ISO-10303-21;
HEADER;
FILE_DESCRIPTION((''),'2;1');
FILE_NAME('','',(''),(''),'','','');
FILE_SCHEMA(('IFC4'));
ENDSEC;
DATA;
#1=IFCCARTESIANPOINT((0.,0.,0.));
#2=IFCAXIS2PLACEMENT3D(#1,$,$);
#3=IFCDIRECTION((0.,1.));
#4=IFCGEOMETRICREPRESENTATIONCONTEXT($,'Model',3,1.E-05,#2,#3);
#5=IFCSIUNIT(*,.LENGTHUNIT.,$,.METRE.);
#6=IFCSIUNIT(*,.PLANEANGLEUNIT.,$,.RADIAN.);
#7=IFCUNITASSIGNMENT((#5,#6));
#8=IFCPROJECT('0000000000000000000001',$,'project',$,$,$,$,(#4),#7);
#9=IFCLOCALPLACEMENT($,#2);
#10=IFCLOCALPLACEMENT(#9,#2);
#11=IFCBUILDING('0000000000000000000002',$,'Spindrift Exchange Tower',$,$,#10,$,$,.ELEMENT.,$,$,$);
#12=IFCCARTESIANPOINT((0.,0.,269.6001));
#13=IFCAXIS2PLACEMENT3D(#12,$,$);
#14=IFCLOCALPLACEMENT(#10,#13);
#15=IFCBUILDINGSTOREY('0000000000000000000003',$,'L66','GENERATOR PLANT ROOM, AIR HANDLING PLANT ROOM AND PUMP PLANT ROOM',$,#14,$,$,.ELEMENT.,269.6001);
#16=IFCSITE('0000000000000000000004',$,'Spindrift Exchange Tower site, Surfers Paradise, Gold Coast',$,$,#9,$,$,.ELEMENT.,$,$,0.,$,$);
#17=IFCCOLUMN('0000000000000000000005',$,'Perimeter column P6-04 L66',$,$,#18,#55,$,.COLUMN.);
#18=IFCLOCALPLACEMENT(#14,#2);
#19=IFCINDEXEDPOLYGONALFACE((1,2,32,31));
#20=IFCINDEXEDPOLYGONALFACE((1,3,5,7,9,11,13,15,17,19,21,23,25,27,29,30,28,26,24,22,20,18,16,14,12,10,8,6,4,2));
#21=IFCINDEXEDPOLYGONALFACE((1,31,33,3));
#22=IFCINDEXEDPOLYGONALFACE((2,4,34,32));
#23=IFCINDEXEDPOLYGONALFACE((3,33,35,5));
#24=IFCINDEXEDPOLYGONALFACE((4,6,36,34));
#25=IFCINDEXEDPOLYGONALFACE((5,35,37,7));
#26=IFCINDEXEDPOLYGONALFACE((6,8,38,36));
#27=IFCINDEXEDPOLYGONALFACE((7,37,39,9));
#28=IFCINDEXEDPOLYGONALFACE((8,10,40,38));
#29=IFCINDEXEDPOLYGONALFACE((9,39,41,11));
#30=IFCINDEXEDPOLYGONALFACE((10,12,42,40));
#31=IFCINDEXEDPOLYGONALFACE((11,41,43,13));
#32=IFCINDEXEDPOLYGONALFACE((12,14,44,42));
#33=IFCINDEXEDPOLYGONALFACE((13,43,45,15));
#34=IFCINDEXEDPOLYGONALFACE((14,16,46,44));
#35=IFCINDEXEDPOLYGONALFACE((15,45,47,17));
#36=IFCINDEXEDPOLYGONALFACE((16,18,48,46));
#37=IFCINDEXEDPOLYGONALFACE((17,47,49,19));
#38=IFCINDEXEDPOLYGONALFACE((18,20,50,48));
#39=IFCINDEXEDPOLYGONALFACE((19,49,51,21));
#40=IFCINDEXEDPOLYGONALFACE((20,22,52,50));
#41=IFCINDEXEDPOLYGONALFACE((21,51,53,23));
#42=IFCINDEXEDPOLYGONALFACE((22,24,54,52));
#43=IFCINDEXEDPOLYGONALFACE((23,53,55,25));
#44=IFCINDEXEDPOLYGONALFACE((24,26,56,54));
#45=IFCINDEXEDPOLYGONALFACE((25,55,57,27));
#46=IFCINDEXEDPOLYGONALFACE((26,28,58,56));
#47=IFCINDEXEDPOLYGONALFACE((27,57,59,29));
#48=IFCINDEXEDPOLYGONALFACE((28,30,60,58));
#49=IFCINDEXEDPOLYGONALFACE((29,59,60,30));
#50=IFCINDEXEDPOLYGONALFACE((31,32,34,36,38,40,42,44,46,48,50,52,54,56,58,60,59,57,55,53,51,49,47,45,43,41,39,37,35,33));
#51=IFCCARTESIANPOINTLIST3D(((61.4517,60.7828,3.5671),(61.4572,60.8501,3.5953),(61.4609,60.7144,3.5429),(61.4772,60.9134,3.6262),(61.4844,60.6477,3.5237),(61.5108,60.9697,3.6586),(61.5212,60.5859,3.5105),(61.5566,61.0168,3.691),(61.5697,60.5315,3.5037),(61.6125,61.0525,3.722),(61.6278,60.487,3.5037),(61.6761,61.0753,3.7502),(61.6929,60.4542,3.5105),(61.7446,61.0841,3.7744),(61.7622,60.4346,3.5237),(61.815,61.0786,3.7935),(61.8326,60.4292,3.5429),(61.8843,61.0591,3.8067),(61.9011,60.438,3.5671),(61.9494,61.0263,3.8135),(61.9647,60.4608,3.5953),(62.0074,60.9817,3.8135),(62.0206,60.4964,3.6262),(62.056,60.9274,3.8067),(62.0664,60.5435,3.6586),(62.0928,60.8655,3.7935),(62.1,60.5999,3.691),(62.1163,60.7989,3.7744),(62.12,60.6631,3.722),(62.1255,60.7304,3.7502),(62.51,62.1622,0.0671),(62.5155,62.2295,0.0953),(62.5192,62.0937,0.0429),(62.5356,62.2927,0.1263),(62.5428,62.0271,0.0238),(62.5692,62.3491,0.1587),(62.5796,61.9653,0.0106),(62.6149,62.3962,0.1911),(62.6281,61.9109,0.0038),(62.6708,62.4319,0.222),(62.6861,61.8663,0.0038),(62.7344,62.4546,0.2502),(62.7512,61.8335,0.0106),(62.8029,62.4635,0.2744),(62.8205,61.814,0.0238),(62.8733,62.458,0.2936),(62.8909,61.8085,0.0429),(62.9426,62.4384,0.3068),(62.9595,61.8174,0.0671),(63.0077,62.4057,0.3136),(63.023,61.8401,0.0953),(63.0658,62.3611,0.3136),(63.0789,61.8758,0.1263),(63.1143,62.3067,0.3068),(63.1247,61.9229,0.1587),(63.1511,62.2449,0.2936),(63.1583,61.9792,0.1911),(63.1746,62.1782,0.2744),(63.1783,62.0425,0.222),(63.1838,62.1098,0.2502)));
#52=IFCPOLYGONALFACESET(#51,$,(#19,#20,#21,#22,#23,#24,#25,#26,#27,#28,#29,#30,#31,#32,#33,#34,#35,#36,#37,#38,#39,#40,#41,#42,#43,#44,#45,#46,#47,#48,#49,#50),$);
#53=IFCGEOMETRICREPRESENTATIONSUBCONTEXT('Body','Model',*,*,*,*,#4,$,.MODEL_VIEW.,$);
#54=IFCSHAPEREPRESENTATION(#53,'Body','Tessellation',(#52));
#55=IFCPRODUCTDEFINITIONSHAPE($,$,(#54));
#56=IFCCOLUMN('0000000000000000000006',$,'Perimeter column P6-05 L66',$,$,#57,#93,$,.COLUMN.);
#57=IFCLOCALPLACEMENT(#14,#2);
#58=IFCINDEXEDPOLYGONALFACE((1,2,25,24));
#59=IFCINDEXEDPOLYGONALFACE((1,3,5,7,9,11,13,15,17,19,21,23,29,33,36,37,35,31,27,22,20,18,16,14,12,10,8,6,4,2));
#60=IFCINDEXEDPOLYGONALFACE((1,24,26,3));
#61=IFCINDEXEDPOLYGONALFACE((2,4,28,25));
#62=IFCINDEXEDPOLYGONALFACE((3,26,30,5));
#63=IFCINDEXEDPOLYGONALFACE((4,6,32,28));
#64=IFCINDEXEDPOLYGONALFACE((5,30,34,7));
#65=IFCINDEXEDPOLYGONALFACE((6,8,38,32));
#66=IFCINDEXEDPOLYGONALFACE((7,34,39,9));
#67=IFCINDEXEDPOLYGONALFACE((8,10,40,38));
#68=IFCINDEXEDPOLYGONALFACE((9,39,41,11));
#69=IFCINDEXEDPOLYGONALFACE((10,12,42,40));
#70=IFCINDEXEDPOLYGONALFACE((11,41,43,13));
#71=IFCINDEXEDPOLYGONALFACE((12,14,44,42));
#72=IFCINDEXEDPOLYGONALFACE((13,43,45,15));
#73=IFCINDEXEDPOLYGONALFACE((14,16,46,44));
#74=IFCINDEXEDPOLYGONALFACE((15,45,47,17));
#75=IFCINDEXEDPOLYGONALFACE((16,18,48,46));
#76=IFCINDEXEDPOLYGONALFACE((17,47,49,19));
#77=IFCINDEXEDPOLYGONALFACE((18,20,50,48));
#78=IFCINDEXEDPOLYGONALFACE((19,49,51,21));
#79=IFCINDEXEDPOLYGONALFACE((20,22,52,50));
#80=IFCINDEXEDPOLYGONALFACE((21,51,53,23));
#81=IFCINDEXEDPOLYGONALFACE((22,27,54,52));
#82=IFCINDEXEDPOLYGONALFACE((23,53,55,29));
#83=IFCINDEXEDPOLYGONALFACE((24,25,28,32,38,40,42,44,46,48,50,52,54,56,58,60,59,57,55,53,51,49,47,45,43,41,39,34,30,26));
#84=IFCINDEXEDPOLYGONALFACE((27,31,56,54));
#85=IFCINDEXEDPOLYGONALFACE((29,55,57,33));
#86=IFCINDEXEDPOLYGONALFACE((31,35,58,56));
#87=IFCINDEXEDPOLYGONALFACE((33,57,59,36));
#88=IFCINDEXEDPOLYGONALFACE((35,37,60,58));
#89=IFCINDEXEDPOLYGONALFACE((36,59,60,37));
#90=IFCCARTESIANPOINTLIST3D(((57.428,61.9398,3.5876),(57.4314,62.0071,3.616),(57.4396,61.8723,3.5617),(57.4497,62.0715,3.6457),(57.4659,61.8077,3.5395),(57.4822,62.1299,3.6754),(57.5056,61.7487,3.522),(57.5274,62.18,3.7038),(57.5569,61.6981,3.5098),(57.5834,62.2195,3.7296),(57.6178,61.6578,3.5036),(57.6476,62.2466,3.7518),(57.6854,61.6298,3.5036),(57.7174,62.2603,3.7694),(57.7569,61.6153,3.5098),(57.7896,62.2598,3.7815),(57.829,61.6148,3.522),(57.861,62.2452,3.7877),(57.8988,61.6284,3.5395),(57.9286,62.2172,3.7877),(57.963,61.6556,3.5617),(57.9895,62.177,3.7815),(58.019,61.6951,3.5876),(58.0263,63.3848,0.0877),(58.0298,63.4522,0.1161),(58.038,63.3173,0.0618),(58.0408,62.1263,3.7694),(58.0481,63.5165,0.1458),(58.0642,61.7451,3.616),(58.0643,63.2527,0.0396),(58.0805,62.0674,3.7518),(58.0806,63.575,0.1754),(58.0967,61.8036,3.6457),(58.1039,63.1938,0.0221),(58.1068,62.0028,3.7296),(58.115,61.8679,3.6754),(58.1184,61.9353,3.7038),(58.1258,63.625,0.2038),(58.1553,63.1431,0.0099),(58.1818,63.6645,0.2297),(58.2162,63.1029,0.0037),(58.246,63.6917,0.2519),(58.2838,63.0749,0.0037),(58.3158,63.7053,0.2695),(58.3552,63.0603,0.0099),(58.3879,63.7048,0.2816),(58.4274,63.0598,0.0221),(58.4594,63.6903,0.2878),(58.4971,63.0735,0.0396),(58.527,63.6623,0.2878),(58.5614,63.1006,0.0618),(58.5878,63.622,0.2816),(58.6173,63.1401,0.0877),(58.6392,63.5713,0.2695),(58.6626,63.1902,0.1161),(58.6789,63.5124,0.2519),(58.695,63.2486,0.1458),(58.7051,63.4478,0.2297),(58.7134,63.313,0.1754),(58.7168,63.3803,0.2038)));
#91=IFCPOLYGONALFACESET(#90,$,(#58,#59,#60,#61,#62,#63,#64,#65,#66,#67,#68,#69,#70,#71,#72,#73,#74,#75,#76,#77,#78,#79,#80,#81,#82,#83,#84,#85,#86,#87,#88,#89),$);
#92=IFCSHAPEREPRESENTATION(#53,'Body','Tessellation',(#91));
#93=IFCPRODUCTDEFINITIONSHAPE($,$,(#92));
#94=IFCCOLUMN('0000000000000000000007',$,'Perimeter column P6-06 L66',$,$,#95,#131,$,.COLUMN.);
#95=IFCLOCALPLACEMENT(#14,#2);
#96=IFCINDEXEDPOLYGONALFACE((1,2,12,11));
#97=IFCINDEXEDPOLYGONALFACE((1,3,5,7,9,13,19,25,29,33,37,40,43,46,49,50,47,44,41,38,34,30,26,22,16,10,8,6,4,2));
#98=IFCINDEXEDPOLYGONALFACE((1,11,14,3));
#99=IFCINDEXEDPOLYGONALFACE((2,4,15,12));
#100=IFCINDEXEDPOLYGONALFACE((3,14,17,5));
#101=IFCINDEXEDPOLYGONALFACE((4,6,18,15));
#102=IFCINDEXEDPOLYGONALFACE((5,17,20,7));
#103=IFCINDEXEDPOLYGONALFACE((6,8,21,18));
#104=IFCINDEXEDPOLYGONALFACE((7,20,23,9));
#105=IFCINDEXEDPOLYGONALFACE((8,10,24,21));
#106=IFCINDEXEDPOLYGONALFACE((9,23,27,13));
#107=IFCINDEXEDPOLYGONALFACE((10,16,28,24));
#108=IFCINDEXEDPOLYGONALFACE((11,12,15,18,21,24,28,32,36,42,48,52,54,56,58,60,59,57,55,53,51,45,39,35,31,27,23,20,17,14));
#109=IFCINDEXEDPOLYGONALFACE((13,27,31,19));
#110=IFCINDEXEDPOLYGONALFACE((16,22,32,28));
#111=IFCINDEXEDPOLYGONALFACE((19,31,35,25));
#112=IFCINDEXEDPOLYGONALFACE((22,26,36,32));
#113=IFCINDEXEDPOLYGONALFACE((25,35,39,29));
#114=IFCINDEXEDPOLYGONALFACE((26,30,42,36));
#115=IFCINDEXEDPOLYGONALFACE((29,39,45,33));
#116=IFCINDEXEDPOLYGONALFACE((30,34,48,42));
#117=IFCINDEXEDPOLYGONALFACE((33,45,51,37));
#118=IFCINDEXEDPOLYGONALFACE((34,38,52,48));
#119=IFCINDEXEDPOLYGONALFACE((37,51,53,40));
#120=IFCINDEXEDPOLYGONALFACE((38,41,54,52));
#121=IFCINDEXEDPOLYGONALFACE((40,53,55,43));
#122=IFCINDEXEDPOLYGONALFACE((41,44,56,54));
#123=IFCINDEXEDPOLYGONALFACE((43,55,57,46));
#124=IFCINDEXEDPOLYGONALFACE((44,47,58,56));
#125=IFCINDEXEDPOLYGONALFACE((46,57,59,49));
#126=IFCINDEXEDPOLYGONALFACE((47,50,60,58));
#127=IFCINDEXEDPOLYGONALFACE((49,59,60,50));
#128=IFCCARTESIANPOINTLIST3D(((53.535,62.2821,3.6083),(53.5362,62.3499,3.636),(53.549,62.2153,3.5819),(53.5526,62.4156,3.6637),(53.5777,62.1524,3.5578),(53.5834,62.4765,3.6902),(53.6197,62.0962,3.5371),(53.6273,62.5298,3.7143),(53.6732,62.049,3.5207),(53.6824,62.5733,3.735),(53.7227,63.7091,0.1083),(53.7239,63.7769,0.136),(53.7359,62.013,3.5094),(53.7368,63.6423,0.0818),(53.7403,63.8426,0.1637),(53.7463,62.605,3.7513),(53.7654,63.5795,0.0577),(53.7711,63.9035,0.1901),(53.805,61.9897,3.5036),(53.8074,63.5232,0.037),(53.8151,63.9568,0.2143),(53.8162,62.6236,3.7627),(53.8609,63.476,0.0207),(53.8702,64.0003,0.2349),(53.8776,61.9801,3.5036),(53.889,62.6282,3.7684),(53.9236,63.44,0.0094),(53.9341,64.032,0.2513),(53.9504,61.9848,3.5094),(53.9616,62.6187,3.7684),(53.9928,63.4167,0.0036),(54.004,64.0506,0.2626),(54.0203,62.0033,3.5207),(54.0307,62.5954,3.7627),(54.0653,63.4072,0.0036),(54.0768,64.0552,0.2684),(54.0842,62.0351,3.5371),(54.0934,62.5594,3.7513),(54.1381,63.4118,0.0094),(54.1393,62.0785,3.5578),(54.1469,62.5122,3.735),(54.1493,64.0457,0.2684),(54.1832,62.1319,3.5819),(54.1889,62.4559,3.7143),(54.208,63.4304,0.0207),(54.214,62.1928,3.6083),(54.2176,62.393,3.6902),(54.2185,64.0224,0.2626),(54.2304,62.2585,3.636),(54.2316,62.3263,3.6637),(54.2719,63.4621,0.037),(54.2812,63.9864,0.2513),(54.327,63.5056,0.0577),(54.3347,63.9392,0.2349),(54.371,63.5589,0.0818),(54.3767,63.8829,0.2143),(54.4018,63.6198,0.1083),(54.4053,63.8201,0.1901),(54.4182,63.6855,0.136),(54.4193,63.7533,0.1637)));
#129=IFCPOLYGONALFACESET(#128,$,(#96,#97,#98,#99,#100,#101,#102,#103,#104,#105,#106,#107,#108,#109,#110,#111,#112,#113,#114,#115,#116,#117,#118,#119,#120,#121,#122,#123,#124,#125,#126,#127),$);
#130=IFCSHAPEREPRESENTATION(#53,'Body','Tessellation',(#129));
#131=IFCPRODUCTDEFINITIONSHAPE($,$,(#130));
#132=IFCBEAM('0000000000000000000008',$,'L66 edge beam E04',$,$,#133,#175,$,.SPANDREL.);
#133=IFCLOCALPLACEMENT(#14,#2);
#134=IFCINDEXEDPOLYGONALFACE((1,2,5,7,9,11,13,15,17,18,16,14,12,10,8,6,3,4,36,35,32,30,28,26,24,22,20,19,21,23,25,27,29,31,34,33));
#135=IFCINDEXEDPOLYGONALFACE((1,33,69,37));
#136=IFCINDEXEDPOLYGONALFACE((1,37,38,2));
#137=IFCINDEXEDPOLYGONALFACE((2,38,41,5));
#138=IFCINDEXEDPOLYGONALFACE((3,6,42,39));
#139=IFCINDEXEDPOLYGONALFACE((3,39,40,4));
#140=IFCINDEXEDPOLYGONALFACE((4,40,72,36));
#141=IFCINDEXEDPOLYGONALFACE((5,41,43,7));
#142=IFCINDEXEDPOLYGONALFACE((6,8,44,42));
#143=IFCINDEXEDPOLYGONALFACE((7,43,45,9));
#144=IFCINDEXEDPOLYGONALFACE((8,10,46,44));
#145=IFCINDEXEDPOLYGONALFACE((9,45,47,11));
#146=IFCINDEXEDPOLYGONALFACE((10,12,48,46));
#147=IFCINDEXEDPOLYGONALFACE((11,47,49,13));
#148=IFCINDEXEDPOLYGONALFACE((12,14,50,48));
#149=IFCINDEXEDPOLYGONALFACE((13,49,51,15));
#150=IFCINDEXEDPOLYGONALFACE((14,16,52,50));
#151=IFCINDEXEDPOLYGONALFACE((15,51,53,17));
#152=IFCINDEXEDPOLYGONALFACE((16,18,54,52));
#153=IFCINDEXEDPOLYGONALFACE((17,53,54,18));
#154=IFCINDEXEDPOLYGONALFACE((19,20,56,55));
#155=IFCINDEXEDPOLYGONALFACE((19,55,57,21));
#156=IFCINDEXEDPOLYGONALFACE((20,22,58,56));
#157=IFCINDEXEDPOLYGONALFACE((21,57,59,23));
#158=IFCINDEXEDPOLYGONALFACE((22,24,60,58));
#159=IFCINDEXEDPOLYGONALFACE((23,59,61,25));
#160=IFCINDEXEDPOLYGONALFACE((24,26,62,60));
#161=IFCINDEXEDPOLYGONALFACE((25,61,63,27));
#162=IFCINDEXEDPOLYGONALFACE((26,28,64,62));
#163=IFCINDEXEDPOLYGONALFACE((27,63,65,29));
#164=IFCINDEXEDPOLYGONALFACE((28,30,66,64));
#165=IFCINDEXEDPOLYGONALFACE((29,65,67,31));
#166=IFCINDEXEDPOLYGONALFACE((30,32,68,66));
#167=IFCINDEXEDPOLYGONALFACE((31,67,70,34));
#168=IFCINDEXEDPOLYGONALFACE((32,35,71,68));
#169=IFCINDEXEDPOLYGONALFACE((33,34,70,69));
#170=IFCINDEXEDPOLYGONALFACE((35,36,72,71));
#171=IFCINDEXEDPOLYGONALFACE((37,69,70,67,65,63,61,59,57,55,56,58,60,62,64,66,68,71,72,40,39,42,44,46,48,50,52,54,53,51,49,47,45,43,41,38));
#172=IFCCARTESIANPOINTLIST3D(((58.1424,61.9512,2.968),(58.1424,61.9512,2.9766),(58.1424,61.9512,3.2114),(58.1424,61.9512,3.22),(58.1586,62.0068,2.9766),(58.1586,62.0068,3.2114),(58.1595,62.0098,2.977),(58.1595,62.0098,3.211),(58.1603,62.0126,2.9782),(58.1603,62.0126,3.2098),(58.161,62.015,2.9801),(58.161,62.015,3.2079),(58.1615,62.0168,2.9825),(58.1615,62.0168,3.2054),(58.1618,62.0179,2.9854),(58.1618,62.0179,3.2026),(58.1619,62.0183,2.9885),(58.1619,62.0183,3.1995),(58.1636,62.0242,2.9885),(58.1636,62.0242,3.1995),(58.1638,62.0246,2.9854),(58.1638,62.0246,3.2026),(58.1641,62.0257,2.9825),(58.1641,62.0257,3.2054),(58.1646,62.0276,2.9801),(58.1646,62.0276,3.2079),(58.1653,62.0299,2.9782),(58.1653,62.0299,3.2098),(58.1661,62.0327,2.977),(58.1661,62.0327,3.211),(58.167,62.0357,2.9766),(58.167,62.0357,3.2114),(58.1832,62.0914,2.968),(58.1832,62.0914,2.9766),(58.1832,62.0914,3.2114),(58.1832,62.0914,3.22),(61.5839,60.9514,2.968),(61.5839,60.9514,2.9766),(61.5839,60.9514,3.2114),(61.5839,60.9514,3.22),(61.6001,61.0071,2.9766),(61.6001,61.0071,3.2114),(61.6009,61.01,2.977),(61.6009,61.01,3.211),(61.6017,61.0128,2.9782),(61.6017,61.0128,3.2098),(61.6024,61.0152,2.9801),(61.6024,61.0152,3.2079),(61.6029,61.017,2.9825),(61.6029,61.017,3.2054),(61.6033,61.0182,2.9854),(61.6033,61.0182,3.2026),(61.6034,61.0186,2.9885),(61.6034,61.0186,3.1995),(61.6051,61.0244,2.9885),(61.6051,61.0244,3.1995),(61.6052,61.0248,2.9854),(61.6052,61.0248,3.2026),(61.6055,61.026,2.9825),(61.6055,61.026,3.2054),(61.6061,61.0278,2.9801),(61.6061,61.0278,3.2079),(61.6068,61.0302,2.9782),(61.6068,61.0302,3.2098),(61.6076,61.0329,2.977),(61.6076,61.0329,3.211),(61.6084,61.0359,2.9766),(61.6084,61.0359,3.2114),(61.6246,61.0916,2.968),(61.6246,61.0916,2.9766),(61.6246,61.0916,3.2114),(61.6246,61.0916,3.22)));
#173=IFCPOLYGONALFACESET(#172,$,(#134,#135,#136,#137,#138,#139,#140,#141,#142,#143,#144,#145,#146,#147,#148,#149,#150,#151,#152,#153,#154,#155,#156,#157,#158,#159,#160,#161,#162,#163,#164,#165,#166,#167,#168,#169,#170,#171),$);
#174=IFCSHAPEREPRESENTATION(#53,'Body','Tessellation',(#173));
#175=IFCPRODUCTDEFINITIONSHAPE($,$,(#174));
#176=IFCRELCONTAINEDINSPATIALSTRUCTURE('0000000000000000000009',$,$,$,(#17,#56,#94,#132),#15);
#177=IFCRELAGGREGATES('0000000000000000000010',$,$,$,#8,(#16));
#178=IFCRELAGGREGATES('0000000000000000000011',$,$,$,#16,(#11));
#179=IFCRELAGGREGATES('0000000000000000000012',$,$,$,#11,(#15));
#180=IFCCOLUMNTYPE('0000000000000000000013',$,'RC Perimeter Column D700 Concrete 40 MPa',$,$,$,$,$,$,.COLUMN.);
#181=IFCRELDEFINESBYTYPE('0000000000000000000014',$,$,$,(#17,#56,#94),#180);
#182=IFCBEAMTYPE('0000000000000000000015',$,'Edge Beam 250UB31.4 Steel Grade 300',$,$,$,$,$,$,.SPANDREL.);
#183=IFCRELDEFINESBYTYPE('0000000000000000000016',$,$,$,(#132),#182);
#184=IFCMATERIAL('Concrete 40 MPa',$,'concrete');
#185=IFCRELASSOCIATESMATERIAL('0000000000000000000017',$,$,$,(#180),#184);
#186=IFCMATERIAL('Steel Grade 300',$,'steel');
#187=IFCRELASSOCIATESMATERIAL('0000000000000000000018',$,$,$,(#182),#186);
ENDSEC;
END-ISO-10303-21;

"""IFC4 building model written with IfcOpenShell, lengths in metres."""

from ifc_helpers import new_model, si_unit, direction, frame, origin, origin_2d, place, context, subcontext, project, spatial, circle, i_section, extrude, source, transform, mapped, material, material_profile, profile_set, type_object, element, save


model = new_model("IFC4")

# Units and contexts
model_context = context("Model", 3, precision=1e-05, world=origin(), true_north=direction((0.0, 1.0)))
body_context = subcontext(model_context, "Body", "Model", "MODEL_VIEW")
ifc_project = project(units=[si_unit("LENGTHUNIT", "METRE"), si_unit("PLANEANGLEUNIT", "RADIAN")], contexts=[model_context])

# Site, building, storey
site_placement = place(None, origin())
site = spatial("IfcSite", under=ifc_project, at=site_placement, Name="Spindrift Exchange Tower site, Surfers Paradise, Gold Coast", CompositionType="ELEMENT", RefElevation=0.0)
building_placement = place(site_placement, origin())
building = spatial("IfcBuilding", under=site, at=building_placement, Name="Spindrift Exchange Tower", CompositionType="ELEMENT")
storey_placement = place(building_placement, frame((0.0, 0.0, 269.6001)))
storey = spatial("IfcBuildingStorey", under=building, at=storey_placement, Name="L66", Description="GENERATOR PLANT ROOM, AIR HANDLING PLANT ROOM AND PUMP PLANT ROOM", CompositionType="ELEMENT", Elevation=269.6001)

# Columns
ifc_material_1 = material(Name="Concrete 40 MPa", Category="concrete")
ifc_material_profile_1 = material_profile(ifc_material_1, circle(Radius=0.3501, at=origin_2d()), Name="RC D700")
ifc_profile_set_1 = profile_set([ifc_material_profile_1], Name="Concrete 40 MPa")
column_type = type_object("IfcColumnType", Name="RC Perimeter Column D700 Concrete 40 MPa", PredefinedType="COLUMN", material=ifc_profile_set_1)
shared_shape_1 = source(origin(), body_context, "Body", "SweptSolid", [
    extrude(circle(Radius=0.3501, at=origin_2d()), origin(), (0.0, 0.0, 1.0), 3.908),
])
column_1_placement = place(storey_placement, frame((62.8469, 62.136, 0.1587), z_axis=(-0.270813, -0.352963, 0.895588), x_axis=(0.79338, -0.608726, 0.0)))
element("IfcColumn", 1, at=column_1_placement, inside=storey, type_object=column_type, Name="Perimeter column P6-04 L66", PredefinedType="COLUMN", context=body_context, shape_type="MappedRepresentation", body=[
    mapped(shared_shape_1, transform((0.0, 0.0, 0.0), scale=1.0)),
])
shared_shape_2 = source(origin(), body_context, "Body", "SweptSolid", [
    extrude(circle(Radius=0.3501, at=origin_2d()), origin(), (0.0, 0.0, 1.0), 3.8335),
])
column_2_placement = place(storey_placement, frame((58.3716, 63.3826, 0.1458), z_axis=(-0.156092, -0.376951, 0.912986), x_axis=(0.92392, -0.382586, 0.0)))
element("IfcColumn", 2, at=column_2_placement, inside=storey, type_object=column_type, Name="Perimeter column P6-05 L66", PredefinedType="COLUMN", context=body_context, shape_type="MappedRepresentation", body=[
    mapped(shared_shape_2, transform((0.0, 0.0, 0.0), scale=1.0)),
])
shared_shape_3 = source(origin(), body_context, "Body", "SweptSolid", [
    extrude(circle(Radius=0.3501, at=origin_2d()), origin(), (0.0, 0.0, 1.0), 3.7844),
])
column_3_placement = place(storey_placement, frame((54.071, 63.7312, 0.136), z_axis=(-0.04961, -0.377076, 0.924853), x_axis=(0.991456, -0.130441, 0.0)))
element("IfcColumn", 3, at=column_3_placement, inside=storey, type_object=column_type, Name="Perimeter column P6-06 L66", PredefinedType="COLUMN", context=body_context, shape_type="MappedRepresentation", body=[
    mapped(shared_shape_3, transform((0.0, 0.0, 0.0), scale=1.0)),
])

# Beam
ifc_material_2 = material(Name="Steel Grade 300", Category="steel")
ifc_material_profile_2 = material_profile(ifc_material_2, i_section(OverallWidth=0.146, OverallDepth=0.252, WebThickness=0.0061, FlangeThickness=0.0085, FilletRadius=0.012, at=origin_2d()), Name="250UB31.4")
ifc_profile_set_2 = profile_set([ifc_material_profile_2], Name="Steel Grade 300")
beam_type = type_object("IfcBeamType", Name="Edge Beam 250UB31.4 Steel Grade 300", PredefinedType="SPANDREL", material=ifc_profile_set_2)
shared_shape_4 = source(origin(), body_context, "Body", "SweptSolid", [
    extrude(i_section(OverallWidth=0.146, OverallDepth=0.252, WebThickness=0.0061, FlangeThickness=0.0085, FilletRadius=0.012, at=origin_2d()), origin(), (0.0, 0.0, 1.0), 3.5837),
])
beam_1_placement = place(storey_placement, frame((61.6042, 61.0215, 3.094), z_axis=(-0.960299, 0.278974, 0.0), x_axis=(-0.278974, -0.960299, 0.0)))
element("IfcBeam", 4, at=beam_1_placement, inside=storey, type_object=beam_type, Name="L66 edge beam E04", PredefinedType="SPANDREL", context=body_context, shape_type="MappedRepresentation", body=[
    mapped(shared_shape_4, transform((0.0, 0.0, 0.0), scale=1.0)),
])

save(model, "model.ifc")
